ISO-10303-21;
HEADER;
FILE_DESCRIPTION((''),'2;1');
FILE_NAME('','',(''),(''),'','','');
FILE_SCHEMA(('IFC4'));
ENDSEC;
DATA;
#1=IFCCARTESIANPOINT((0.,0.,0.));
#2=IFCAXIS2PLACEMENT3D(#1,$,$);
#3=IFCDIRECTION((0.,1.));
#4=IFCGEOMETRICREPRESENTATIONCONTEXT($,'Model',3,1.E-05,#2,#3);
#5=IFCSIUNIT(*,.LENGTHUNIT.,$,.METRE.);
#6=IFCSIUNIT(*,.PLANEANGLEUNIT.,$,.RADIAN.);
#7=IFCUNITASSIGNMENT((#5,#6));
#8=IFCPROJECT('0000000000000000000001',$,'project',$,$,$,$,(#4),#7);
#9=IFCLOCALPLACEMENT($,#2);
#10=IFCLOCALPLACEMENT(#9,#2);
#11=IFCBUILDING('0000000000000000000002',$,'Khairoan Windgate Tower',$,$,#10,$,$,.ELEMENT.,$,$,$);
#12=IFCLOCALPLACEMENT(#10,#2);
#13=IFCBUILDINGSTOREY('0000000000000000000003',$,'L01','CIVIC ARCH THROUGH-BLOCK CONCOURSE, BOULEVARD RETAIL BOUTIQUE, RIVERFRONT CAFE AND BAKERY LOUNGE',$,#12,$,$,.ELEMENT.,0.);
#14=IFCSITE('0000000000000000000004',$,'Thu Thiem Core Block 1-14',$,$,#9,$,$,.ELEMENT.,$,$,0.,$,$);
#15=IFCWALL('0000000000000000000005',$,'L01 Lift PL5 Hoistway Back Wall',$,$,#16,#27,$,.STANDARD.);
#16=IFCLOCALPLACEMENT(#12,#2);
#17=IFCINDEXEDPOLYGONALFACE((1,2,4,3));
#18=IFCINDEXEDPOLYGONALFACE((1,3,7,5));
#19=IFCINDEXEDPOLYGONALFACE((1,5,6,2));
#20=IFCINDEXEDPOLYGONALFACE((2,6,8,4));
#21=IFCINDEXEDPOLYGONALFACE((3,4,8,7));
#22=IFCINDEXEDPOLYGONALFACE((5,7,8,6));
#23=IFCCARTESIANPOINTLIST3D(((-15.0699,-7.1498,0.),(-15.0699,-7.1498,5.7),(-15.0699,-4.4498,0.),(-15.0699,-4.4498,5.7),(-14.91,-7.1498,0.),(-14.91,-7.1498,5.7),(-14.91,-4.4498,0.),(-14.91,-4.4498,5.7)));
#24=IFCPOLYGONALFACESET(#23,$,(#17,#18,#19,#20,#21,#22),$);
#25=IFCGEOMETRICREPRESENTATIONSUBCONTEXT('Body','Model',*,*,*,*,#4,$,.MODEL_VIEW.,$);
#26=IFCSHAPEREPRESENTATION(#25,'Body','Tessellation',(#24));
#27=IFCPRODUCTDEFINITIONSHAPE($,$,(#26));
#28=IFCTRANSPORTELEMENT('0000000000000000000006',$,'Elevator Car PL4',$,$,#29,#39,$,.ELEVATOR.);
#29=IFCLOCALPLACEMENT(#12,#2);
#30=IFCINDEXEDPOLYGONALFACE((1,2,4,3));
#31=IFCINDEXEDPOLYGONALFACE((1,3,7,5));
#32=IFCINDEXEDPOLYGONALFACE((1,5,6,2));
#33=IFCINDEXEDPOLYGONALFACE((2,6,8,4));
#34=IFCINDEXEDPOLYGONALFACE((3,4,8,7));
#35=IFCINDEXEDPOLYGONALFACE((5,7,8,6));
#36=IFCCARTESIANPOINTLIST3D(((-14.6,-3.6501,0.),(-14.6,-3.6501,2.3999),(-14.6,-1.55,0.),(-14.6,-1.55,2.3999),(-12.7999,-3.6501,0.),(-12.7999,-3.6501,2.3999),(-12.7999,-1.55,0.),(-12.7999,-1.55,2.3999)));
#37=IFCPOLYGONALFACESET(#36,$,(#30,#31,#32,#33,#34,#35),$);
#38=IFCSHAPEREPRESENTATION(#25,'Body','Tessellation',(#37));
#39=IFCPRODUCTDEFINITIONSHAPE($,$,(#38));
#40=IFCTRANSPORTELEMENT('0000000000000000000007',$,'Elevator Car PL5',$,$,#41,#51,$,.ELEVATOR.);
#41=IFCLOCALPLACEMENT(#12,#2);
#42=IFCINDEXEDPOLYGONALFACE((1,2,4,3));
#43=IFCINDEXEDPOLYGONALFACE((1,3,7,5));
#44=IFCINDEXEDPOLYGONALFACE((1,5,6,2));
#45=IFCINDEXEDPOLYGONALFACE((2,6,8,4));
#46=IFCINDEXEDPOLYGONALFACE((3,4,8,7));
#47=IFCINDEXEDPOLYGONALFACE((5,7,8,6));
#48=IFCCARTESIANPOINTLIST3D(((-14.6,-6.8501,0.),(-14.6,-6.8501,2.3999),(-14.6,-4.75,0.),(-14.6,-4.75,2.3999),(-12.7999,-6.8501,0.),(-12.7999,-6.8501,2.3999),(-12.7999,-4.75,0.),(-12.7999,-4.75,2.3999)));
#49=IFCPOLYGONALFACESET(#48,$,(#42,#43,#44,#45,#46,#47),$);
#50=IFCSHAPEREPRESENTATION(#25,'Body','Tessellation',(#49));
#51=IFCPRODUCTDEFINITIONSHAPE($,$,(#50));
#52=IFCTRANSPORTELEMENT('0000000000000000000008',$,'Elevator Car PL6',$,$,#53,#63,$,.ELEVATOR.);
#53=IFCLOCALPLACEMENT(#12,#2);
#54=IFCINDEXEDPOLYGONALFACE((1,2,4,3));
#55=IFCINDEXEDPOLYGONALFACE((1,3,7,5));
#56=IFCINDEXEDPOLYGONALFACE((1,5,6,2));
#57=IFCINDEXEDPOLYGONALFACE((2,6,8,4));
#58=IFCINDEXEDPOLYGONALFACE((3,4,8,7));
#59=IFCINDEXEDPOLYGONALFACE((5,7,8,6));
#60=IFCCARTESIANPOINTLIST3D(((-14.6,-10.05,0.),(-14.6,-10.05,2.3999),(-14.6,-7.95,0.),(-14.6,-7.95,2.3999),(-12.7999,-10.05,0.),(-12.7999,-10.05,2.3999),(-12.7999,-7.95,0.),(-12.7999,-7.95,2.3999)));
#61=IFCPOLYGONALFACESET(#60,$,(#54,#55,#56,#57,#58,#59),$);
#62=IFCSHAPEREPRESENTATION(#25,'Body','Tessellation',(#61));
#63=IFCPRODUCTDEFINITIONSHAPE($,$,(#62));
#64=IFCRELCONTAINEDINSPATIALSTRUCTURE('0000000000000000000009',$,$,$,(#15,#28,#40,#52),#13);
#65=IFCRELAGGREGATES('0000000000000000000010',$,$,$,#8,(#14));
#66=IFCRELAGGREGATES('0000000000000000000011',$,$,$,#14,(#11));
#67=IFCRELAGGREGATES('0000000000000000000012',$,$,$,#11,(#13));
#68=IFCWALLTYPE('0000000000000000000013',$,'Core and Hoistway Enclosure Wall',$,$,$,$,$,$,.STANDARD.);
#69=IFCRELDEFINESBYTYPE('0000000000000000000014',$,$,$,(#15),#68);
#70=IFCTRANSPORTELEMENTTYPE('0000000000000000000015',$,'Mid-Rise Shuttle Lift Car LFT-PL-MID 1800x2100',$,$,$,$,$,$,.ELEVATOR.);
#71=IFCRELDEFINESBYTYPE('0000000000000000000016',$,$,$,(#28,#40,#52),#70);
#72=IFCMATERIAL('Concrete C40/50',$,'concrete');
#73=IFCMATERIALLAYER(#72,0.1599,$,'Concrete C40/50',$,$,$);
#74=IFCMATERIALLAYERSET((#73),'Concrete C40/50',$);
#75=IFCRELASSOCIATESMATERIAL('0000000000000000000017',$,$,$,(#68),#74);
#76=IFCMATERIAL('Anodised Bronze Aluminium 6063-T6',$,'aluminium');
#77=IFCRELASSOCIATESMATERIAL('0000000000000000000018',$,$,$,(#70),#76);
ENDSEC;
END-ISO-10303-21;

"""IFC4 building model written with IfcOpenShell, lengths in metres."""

from ifc_helpers import new_model, si_unit, direction, frame, frame_2d, origin, origin_2d, place, context, subcontext, project, spatial, rectangle, extrude, material, layer, layer_set, type_object, element, save


model = new_model("IFC4")

# Units and contexts
model_context = context("Model", 3, precision=1e-05, world=origin(), true_north=direction((0.0, 1.0)))
body_context = subcontext(model_context, "Body", "Model", "MODEL_VIEW")
ifc_project = project(units=[si_unit("LENGTHUNIT", "METRE"), si_unit("PLANEANGLEUNIT", "RADIAN")], contexts=[model_context])

# Site, building, storey
site_placement = place(None, origin())
site = spatial("IfcSite", under=ifc_project, at=site_placement, Name="Thu Thiem Core Block 1-14", CompositionType="ELEMENT", RefElevation=0.0)
building_placement = place(site_placement, origin())
building = spatial("IfcBuilding", under=site, at=building_placement, Name="Khairoan Windgate Tower", CompositionType="ELEMENT")
storey_placement = place(building_placement, origin())
storey = spatial("IfcBuildingStorey", under=building, at=storey_placement, Name="L01", Description="CIVIC ARCH THROUGH-BLOCK CONCOURSE, BOULEVARD RETAIL BOUTIQUE, RIVERFRONT CAFE AND BAKERY LOUNGE", CompositionType="ELEMENT", Elevation=0.0)

# Wall
ifc_material_1 = material(Name="Concrete C40/50", Category="concrete")
ifc_layer_1 = layer(ifc_material_1, 0.1599, Name="Concrete C40/50")
ifc_layer_set_1 = layer_set([ifc_layer_1], Name="Concrete C40/50")
wall_type = type_object("IfcWallType", Name="Core and Hoistway Enclosure Wall", PredefinedType="STANDARD", material=ifc_layer_set_1)
wall_1_placement = place(storey_placement, frame((-14.99, -7.1499, 0.0), z_axis=(0.0, 0.0, 1.0), x_axis=(0.0, 1.0, 0.0)))
element("IfcWall", 1, at=wall_1_placement, inside=storey, type_object=wall_type, Name="L01 Lift PL5 Hoistway Back Wall", PredefinedType="STANDARD", context=body_context, shape_type="SweptSolid", body=[
    extrude(rectangle(XDim=2.7, YDim=0.1599, at=frame_2d((1.3501, 0.0))), origin(), (0.0, 0.0, 1.0), 5.7),
])

# Transport elements
ifc_material_2 = material(Name="Anodised Bronze Aluminium 6063-T6", Category="aluminium")
transport_element_type = type_object("IfcTransportElementType", Name="Mid-Rise Shuttle Lift Car LFT-PL-MID 1800x2100", PredefinedType="ELEVATOR", material=ifc_material_2)
for number, where, z_axis, x_axis, name in (
    (2, (-13.7, -2.6001, 0.0), (0.0, 0.0, 1.0), (1.0, 0.0, 0.0), "Elevator Car PL4"),
    (3, (-13.7, -5.8, 0.0), (0.0, 0.0, 1.0), (1.0, 0.0, 0.0), "Elevator Car PL5"),
    (4, (-13.7, -9.0, 0.0), (0.0, 0.0, 1.0), (1.0, 0.0, 0.0), "Elevator Car PL6"),
):
    element("IfcTransportElement", number, at=place(storey_placement, frame(where, z_axis=z_axis, x_axis=x_axis)), inside=storey, type_object=transport_element_type, Name=name, PredefinedType="ELEVATOR", context=body_context, shape_type="SweptSolid", body=[
        extrude(rectangle(XDim=1.8, YDim=2.1001, at=origin_2d()), origin(), (0.0, 0.0, 1.0), 2.3999),
    ])

save(model, "model.ifc")
